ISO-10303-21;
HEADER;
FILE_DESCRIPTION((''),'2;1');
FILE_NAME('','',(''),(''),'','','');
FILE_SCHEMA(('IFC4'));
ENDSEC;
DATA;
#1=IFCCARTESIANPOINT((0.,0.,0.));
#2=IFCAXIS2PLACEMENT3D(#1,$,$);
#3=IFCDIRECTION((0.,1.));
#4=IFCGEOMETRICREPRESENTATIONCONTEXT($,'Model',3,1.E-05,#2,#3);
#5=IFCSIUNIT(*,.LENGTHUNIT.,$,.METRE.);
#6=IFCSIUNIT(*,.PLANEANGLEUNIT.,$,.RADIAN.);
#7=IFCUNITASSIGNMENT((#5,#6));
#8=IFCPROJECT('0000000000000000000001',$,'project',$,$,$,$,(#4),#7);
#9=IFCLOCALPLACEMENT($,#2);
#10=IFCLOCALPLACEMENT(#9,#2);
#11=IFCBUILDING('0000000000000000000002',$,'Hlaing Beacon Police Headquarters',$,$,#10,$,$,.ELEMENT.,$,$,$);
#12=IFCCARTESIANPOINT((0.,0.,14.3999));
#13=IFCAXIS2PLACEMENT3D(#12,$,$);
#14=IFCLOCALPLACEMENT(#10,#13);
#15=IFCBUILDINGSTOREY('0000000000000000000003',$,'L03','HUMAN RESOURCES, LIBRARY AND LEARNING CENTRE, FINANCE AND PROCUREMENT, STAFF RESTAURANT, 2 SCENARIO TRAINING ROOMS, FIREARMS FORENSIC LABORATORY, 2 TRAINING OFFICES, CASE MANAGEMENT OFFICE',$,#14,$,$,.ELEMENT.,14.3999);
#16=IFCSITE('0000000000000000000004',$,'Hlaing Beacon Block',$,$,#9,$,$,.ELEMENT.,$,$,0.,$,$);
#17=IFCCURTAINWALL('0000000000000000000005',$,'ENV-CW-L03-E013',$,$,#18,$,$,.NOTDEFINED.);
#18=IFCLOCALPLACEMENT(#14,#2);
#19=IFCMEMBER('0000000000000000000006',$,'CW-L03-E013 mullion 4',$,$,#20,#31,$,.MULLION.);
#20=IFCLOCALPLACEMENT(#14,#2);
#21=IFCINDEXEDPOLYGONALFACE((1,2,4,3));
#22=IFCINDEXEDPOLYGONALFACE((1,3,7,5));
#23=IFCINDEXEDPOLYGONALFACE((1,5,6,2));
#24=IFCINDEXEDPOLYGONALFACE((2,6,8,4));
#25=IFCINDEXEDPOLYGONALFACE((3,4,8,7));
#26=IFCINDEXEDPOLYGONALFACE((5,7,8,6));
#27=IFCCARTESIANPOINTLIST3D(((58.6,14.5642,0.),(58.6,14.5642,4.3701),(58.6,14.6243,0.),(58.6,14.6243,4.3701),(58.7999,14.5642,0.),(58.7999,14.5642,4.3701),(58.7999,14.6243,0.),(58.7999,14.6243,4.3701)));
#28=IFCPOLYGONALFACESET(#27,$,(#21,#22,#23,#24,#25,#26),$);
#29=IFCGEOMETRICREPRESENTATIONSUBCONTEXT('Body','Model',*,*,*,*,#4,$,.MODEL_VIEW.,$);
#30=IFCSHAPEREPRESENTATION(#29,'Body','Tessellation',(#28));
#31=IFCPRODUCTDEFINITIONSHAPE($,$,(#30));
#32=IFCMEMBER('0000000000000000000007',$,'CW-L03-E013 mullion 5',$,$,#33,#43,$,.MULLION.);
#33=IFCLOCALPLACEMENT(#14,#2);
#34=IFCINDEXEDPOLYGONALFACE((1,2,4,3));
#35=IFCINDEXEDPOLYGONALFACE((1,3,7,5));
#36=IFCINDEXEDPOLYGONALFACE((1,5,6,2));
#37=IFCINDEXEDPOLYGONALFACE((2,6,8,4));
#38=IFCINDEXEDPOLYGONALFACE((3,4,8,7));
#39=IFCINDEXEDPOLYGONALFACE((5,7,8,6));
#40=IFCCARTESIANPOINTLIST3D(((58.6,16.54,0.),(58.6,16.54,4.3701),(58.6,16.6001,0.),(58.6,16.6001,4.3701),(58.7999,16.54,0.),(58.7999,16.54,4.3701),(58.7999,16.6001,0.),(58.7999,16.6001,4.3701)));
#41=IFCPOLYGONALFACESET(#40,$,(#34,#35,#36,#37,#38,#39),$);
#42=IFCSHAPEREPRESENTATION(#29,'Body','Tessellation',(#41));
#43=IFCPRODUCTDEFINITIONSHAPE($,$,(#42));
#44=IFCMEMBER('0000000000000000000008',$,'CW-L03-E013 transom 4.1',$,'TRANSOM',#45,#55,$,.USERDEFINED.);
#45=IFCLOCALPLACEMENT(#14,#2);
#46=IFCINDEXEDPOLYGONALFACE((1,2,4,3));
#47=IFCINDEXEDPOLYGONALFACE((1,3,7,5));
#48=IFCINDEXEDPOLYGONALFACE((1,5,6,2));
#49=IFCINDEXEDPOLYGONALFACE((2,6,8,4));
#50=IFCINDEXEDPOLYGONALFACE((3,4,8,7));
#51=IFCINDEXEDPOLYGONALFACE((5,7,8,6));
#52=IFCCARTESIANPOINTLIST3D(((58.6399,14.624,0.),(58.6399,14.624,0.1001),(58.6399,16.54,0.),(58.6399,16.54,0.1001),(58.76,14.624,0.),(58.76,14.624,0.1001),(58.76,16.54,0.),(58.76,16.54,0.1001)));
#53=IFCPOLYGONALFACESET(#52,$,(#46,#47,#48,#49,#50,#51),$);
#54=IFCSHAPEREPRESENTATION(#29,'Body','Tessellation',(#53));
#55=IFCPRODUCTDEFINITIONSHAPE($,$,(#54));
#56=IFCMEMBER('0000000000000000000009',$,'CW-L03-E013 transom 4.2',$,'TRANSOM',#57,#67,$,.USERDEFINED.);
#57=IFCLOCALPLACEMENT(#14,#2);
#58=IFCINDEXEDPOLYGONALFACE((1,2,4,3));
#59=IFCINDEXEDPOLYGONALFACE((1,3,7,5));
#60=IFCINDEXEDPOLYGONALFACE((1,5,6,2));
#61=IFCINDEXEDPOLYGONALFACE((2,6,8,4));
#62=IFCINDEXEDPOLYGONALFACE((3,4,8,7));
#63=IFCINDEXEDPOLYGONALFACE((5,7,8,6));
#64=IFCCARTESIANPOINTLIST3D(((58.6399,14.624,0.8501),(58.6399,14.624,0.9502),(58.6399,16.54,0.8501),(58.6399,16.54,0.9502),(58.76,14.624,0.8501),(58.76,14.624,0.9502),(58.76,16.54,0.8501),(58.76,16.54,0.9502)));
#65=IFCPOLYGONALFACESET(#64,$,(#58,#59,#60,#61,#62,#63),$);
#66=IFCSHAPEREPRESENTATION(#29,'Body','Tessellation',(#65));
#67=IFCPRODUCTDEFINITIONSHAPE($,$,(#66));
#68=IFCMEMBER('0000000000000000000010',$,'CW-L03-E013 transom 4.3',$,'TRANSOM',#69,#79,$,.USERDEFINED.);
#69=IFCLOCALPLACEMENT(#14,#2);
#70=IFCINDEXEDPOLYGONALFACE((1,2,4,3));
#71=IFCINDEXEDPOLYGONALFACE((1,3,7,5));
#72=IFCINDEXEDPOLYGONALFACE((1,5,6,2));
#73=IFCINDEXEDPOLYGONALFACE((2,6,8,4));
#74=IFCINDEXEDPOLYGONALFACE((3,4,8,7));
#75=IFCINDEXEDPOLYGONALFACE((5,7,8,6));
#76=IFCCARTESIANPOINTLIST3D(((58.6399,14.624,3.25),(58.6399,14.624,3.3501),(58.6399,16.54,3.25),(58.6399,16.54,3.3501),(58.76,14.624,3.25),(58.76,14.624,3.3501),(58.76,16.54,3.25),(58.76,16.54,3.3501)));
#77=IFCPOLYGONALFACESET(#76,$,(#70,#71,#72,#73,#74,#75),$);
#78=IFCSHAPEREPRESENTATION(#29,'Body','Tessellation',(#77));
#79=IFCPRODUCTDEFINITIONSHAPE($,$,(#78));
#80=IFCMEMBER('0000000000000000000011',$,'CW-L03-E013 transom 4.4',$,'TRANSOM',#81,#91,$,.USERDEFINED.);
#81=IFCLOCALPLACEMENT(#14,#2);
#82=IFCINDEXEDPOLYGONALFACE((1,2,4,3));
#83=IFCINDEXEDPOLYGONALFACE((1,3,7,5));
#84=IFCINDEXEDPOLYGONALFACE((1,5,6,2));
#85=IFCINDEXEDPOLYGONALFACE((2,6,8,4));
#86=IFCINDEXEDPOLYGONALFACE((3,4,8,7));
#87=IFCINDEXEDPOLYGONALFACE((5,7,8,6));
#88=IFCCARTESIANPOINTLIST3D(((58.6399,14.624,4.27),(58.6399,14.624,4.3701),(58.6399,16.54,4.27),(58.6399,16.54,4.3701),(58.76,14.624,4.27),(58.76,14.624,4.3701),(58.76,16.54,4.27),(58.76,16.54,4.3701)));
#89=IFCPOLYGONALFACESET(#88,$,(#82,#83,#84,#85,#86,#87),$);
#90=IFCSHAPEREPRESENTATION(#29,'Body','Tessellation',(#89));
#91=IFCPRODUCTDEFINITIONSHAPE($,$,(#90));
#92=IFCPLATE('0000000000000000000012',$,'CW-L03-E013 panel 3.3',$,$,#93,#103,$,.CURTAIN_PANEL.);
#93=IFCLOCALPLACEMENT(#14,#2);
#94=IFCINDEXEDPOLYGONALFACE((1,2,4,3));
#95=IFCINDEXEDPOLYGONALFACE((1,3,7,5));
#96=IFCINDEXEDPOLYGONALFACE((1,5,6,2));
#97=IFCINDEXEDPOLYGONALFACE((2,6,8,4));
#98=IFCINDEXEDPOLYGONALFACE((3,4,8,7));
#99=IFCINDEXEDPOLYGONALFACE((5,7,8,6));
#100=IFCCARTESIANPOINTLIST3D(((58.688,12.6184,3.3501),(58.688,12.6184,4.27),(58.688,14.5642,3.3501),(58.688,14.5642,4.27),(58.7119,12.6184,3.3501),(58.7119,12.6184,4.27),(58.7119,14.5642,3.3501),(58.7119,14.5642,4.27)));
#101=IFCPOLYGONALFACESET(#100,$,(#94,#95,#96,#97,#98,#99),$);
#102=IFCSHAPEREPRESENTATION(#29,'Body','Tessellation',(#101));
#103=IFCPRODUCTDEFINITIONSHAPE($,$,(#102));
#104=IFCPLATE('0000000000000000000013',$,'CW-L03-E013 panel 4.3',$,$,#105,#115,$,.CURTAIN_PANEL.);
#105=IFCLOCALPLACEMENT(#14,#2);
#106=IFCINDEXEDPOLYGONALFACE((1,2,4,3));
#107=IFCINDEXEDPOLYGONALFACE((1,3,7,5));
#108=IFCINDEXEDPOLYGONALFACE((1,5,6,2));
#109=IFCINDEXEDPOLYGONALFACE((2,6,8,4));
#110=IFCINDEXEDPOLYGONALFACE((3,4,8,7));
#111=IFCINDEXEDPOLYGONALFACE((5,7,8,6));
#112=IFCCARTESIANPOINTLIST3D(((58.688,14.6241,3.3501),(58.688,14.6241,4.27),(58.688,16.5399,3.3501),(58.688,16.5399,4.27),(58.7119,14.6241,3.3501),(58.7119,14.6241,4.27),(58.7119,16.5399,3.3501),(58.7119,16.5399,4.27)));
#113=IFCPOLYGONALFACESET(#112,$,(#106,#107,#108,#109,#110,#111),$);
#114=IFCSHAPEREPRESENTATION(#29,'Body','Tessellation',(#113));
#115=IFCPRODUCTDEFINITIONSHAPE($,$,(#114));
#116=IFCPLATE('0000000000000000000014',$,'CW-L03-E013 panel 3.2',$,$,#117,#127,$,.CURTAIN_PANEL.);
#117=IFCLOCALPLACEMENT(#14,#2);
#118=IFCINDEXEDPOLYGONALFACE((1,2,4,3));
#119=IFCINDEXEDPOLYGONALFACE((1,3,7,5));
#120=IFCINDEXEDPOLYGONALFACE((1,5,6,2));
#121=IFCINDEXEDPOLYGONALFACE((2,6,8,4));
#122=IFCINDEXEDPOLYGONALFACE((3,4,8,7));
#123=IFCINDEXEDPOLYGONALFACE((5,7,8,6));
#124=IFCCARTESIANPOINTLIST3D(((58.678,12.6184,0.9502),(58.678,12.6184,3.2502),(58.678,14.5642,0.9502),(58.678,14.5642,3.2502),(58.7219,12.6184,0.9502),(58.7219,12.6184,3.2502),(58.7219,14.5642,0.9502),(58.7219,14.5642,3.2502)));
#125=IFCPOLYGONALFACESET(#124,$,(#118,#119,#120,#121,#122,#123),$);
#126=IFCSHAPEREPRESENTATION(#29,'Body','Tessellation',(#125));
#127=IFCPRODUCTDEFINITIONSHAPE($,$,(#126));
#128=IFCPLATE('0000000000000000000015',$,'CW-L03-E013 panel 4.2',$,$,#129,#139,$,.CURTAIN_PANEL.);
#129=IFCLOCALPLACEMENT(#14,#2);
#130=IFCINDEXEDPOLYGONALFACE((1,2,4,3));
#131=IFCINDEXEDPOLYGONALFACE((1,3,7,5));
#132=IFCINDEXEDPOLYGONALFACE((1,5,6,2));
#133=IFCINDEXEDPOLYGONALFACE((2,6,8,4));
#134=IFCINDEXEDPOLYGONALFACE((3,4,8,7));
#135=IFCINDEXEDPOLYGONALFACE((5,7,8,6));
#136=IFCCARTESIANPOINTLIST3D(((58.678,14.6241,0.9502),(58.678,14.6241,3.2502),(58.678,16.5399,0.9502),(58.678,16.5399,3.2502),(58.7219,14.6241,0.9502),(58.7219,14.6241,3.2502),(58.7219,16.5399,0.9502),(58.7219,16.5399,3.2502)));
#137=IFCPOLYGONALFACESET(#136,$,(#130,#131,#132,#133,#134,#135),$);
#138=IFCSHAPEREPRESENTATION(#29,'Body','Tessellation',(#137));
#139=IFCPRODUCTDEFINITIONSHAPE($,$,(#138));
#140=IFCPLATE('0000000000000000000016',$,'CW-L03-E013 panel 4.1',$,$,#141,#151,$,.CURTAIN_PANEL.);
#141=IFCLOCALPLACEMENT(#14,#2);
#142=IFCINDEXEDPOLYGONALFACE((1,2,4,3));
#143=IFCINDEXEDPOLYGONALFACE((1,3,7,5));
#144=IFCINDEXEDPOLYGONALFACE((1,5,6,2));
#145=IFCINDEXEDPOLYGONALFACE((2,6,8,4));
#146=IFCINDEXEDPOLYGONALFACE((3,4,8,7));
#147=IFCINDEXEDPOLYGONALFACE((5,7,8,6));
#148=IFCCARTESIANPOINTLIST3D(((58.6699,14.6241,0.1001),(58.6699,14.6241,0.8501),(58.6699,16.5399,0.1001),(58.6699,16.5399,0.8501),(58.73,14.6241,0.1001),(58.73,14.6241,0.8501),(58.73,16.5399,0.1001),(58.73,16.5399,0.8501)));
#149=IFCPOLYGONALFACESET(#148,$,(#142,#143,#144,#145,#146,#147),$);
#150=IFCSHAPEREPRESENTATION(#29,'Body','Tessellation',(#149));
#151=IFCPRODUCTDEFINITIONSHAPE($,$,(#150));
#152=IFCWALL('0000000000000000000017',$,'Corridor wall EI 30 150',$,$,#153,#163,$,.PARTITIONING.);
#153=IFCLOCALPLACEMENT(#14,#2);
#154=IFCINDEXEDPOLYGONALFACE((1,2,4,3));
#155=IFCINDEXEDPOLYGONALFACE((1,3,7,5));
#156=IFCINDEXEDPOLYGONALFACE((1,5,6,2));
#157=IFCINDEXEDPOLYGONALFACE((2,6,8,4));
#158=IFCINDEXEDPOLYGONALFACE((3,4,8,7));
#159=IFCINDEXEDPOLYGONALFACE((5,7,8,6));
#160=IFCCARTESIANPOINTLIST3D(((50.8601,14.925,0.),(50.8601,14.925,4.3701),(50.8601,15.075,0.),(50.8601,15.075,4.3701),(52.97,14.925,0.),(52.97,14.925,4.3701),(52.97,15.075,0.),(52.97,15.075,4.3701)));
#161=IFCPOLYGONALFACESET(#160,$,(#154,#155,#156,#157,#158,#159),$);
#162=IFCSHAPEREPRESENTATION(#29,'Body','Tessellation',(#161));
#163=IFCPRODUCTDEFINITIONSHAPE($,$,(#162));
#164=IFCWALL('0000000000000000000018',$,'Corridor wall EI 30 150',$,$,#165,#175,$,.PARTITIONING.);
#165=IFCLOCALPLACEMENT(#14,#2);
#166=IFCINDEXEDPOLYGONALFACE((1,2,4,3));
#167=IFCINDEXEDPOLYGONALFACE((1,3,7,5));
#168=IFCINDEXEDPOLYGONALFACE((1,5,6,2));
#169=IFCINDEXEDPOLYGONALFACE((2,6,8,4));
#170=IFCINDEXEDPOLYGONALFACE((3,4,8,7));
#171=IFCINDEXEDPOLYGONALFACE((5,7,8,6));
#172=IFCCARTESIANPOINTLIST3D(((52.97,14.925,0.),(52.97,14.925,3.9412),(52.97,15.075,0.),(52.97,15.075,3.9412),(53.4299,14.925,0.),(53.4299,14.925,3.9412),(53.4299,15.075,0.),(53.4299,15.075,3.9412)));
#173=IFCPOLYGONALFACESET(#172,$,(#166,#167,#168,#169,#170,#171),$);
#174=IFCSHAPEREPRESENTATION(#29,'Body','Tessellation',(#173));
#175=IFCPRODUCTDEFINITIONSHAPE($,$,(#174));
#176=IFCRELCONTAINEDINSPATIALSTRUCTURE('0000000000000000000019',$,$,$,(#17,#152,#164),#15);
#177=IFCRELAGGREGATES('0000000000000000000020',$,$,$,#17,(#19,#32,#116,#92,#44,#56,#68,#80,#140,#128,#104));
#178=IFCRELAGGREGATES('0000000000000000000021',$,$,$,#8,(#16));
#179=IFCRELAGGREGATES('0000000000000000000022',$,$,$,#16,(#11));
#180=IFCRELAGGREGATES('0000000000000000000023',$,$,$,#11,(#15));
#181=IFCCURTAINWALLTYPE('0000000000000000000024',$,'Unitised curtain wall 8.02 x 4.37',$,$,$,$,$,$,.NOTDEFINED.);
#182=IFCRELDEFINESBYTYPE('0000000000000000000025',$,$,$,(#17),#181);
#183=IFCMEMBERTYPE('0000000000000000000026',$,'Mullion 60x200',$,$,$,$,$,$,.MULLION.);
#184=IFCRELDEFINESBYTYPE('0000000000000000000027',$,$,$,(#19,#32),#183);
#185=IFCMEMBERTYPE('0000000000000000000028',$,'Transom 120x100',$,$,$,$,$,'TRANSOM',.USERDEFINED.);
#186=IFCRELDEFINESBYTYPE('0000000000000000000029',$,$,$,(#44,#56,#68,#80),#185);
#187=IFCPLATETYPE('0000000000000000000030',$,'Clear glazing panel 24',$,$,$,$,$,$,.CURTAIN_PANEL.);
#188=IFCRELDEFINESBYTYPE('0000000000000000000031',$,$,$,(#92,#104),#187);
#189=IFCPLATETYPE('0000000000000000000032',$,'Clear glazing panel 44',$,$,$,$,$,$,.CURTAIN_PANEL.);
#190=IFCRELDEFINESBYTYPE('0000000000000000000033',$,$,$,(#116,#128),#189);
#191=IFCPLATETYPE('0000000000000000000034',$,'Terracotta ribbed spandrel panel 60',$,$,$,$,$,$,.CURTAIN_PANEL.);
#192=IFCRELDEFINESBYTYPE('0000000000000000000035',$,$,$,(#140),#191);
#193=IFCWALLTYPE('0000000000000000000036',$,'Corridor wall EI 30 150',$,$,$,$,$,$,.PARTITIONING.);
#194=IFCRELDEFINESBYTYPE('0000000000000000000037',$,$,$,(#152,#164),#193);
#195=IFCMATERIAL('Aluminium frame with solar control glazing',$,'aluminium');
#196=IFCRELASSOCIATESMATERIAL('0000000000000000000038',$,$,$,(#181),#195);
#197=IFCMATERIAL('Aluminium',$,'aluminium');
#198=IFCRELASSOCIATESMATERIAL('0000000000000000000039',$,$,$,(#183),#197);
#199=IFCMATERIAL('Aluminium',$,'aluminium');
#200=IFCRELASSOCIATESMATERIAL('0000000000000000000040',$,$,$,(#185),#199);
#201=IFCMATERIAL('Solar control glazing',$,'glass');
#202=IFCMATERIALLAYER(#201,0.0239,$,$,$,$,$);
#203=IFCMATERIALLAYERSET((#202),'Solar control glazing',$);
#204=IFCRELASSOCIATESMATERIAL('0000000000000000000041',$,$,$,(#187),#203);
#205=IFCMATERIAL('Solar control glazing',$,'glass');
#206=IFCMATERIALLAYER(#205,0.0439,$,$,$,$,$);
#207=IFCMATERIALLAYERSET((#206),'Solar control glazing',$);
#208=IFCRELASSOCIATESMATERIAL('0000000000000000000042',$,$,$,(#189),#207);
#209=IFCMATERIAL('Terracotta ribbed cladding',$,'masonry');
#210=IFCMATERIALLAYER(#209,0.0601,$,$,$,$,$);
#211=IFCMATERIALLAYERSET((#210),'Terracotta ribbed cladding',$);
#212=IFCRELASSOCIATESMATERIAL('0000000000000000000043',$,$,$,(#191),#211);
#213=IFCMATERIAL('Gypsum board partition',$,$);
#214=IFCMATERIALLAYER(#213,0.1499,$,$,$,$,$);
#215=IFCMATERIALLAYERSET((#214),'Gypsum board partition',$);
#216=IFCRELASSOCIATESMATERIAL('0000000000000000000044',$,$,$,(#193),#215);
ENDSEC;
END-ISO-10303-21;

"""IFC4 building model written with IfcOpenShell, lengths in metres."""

from ifc_helpers import new_model, si_unit, direction, frame, frame_2d, origin, origin_2d, place, context, subcontext, project, spatial, rectangle, extrude, material, layer, layer_set, material_profile, profile_set, type_object, element, aggregate, save


model = new_model("IFC4")

# Units and contexts
model_context = context("Model", 3, precision=1e-05, world=origin(), true_north=direction((0.0, 1.0)))
body_context = subcontext(model_context, "Body", "Model", "MODEL_VIEW")
ifc_project = project(units=[si_unit("LENGTHUNIT", "METRE"), si_unit("PLANEANGLEUNIT", "RADIAN")], contexts=[model_context])

# Site, building, storey
site_placement = place(None, origin())
site = spatial("IfcSite", under=ifc_project, at=site_placement, Name="Hlaing Beacon Block", CompositionType="ELEMENT", RefElevation=0.0)
building_placement = place(site_placement, origin())
building = spatial("IfcBuilding", under=site, at=building_placement, Name="Hlaing Beacon Police Headquarters", CompositionType="ELEMENT")
storey_placement = place(building_placement, frame((0.0, 0.0, 14.3999)))
storey = spatial("IfcBuildingStorey", under=building, at=storey_placement, Name="L03", Description="HUMAN RESOURCES, LIBRARY AND LEARNING CENTRE, FINANCE AND PROCUREMENT, STAFF RESTAURANT, 2 SCENARIO TRAINING ROOMS, FIREARMS FORENSIC LABORATORY, 2 TRAINING OFFICES, CASE MANAGEMENT OFFICE", CompositionType="ELEMENT", Elevation=14.3999)

# Curtain wall, members, plates
ifc_material_1 = material(Name="Aluminium frame with solar control glazing", Category="aluminium")
curtain_wall_type = type_object("IfcCurtainWallType", Name="Unitised curtain wall 8.02 x 4.37", PredefinedType="NOTDEFINED", material=ifc_material_1)
curtain_wall_placement = place(storey_placement, origin())
curtain_wall = element("IfcCurtainWall", 1, at=curtain_wall_placement, inside=storey, type_object=curtain_wall_type, Name="ENV-CW-L03-E013", PredefinedType="NOTDEFINED")
ifc_material_2 = material(Name="Aluminium", Category="aluminium")
ifc_material_profile_1 = material_profile(ifc_material_2, rectangle(XDim=0.2, YDim=0.0601, at=origin_2d()), Name="Mullion 60x200")
ifc_profile_set_1 = profile_set([ifc_material_profile_1], Name="Aluminium")
member_type_1 = type_object("IfcMemberType", Name="Mullion 60x200", PredefinedType="MULLION", material=ifc_profile_set_1)
member_1_placement = place(storey_placement, frame((58.7, 14.5942, 0.0), z_axis=(0.0, 0.0, 1.0), x_axis=(-1.0, 0.0, 0.0)))
member_1 = element("IfcMember", 2, at=member_1_placement, type_object=member_type_1, Name="CW-L03-E013 mullion 4", PredefinedType="MULLION", context=body_context, shape_type="SweptSolid", body=[
    extrude(rectangle(XDim=0.2, YDim=0.0601, at=origin_2d()), origin(), (0.0, 0.0, 1.0), 4.3701),
])
member_2_placement = place(storey_placement, frame((58.7, 16.5701, 0.0), z_axis=(0.0, 0.0, 1.0), x_axis=(-1.0, 0.0, 0.0)))
member_2 = element("IfcMember", 3, at=member_2_placement, type_object=member_type_1, Name="CW-L03-E013 mullion 5", PredefinedType="MULLION", context=body_context, shape_type="SweptSolid", body=[
    extrude(rectangle(XDim=0.2, YDim=0.0601, at=origin_2d()), origin(), (0.0, 0.0, 1.0), 4.3701),
])
ifc_material_3 = material(Name="Aluminium", Category="aluminium")
ifc_material_profile_2 = material_profile(ifc_material_3, rectangle(XDim=0.1201, YDim=0.1001, at=origin_2d()), Name="Transom 120x100")
ifc_profile_set_2 = profile_set([ifc_material_profile_2], Name="Aluminium")
member_type_2 = type_object("IfcMemberType", Name="Transom 120x100", ElementType="TRANSOM", PredefinedType="USERDEFINED", material=ifc_profile_set_2)
member_3_placement = place(storey_placement, frame((58.7, 14.624, 0.05), z_axis=(0.0, 1.0, 0.0), x_axis=(-1.0, 0.0, 0.0)))
member_3 = element("IfcMember", 4, at=member_3_placement, type_object=member_type_2, Name="CW-L03-E013 transom 4.1", ObjectType="TRANSOM", PredefinedType="USERDEFINED", context=body_context, shape_type="SweptSolid", body=[
    extrude(rectangle(XDim=0.1201, YDim=0.1001, at=origin_2d()), origin(), (0.0, 0.0, 1.0), 1.916),
])
member_4_placement = place(storey_placement, frame((58.7, 14.624, 0.9001), z_axis=(0.0, 1.0, 0.0), x_axis=(-1.0, 0.0, 0.0)))
member_4 = element("IfcMember", 5, at=member_4_placement, type_object=member_type_2, Name="CW-L03-E013 transom 4.2", ObjectType="TRANSOM", PredefinedType="USERDEFINED", context=body_context, shape_type="SweptSolid", body=[
    extrude(rectangle(XDim=0.1201, YDim=0.1001, at=origin_2d()), origin(), (0.0, 0.0, 1.0), 1.916),
])
member_5_placement = place(storey_placement, frame((58.7, 14.624, 3.3), z_axis=(0.0, 1.0, 0.0), x_axis=(-1.0, 0.0, 0.0)))
member_5 = element("IfcMember", 6, at=member_5_placement, type_object=member_type_2, Name="CW-L03-E013 transom 4.3", ObjectType="TRANSOM", PredefinedType="USERDEFINED", context=body_context, shape_type="SweptSolid", body=[
    extrude(rectangle(XDim=0.1201, YDim=0.1001, at=origin_2d()), origin(), (0.0, 0.0, 1.0), 1.916),
])
member_6_placement = place(storey_placement, frame((58.7, 14.624, 4.3201), z_axis=(0.0, 1.0, 0.0), x_axis=(-1.0, 0.0, 0.0)))
member_6 = element("IfcMember", 7, at=member_6_placement, type_object=member_type_2, Name="CW-L03-E013 transom 4.4", ObjectType="TRANSOM", PredefinedType="USERDEFINED", context=body_context, shape_type="SweptSolid", body=[
    extrude(rectangle(XDim=0.1201, YDim=0.1001, at=origin_2d()), origin(), (0.0, 0.0, 1.0), 1.916),
])
ifc_material_4 = material(Name="Solar control glazing", Category="glass")
ifc_layer_1 = layer(ifc_material_4, 0.0239)
ifc_layer_set_1 = layer_set([ifc_layer_1], Name="Solar control glazing")
plate_type_1 = type_object("IfcPlateType", Name="Clear glazing panel 24", PredefinedType="CURTAIN_PANEL", material=ifc_layer_set_1)
plate_1_placement = place(storey_placement, frame((58.7, 13.5913, 3.3501), z_axis=(0.0, 0.0, 1.0), x_axis=(0.0, 1.0, 0.0)))
plate_1 = element("IfcPlate", 8, at=plate_1_placement, type_object=plate_type_1, Name="CW-L03-E013 panel 3.3", PredefinedType="CURTAIN_PANEL", context=body_context, shape_type="SweptSolid", body=[
    extrude(rectangle(XDim=1.9458, YDim=0.0239, at=origin_2d()), origin(), (0.0, 0.0, 1.0), 0.9199),
])
plate_2_placement = place(storey_placement, frame((58.7, 15.582, 3.3501), z_axis=(0.0, 0.0, 1.0), x_axis=(0.0, 1.0, 0.0)))
plate_2 = element("IfcPlate", 9, at=plate_2_placement, type_object=plate_type_1, Name="CW-L03-E013 panel 4.3", PredefinedType="CURTAIN_PANEL", context=body_context, shape_type="SweptSolid", body=[
    extrude(rectangle(XDim=1.9158, YDim=0.0239, at=origin_2d()), origin(), (0.0, 0.0, 1.0), 0.9199),
])
ifc_material_5 = material(Name="Solar control glazing", Category="glass")
ifc_layer_2 = layer(ifc_material_5, 0.0439)
ifc_layer_set_2 = layer_set([ifc_layer_2], Name="Solar control glazing")
plate_type_2 = type_object("IfcPlateType", Name="Clear glazing panel 44", PredefinedType="CURTAIN_PANEL", material=ifc_layer_set_2)
plate_3_placement = place(storey_placement, frame((58.7, 13.5913, 0.9502), z_axis=(0.0, 0.0, 1.0), x_axis=(0.0, 1.0, 0.0)))
plate_3 = element("IfcPlate", 10, at=plate_3_placement, type_object=plate_type_2, Name="CW-L03-E013 panel 3.2", PredefinedType="CURTAIN_PANEL", context=body_context, shape_type="SweptSolid", body=[
    extrude(rectangle(XDim=1.9458, YDim=0.0439, at=origin_2d()), origin(), (0.0, 0.0, 1.0), 2.3),
])
plate_4_placement = place(storey_placement, frame((58.7, 15.582, 0.9502), z_axis=(0.0, 0.0, 1.0), x_axis=(0.0, 1.0, 0.0)))
plate_4 = element("IfcPlate", 11, at=plate_4_placement, type_object=plate_type_2, Name="CW-L03-E013 panel 4.2", PredefinedType="CURTAIN_PANEL", context=body_context, shape_type="SweptSolid", body=[
    extrude(rectangle(XDim=1.9158, YDim=0.0439, at=origin_2d()), origin(), (0.0, 0.0, 1.0), 2.3),
])
ifc_material_6 = material(Name="Terracotta ribbed cladding", Category="masonry")
ifc_layer_3 = layer(ifc_material_6, 0.0601)
ifc_layer_set_3 = layer_set([ifc_layer_3], Name="Terracotta ribbed cladding")
plate_type_3 = type_object("IfcPlateType", Name="Terracotta ribbed spandrel panel 60", PredefinedType="CURTAIN_PANEL", material=ifc_layer_set_3)
plate_5_placement = place(storey_placement, frame((58.7, 15.582, 0.1001), z_axis=(0.0, 0.0, 1.0), x_axis=(0.0, 1.0, 0.0)))
plate_5 = element("IfcPlate", 12, at=plate_5_placement, type_object=plate_type_3, Name="CW-L03-E013 panel 4.1", PredefinedType="CURTAIN_PANEL", context=body_context, shape_type="SweptSolid", body=[
    extrude(rectangle(XDim=1.9158, YDim=0.0601, at=origin_2d()), origin(), (0.0, 0.0, 1.0), 0.75),
])
aggregate(curtain_wall, [member_1, member_2, plate_3, plate_1, member_3, member_4, member_5, member_6, plate_5, plate_4, plate_2])

# Walls
ifc_material_7 = material(Name="Gypsum board partition")
ifc_layer_4 = layer(ifc_material_7, 0.1499)
ifc_layer_set_4 = layer_set([ifc_layer_4], Name="Gypsum board partition")
wall_type = type_object("IfcWallType", Name="Corridor wall EI 30 150", PredefinedType="PARTITIONING", material=ifc_layer_set_4)
wall_1_placement = place(storey_placement, frame((50.8601, 15.0, 0.0), z_axis=(0.0, 0.0, 1.0), x_axis=(1.0, 0.0, 0.0)))
element("IfcWall", 13, at=wall_1_placement, inside=storey, type_object=wall_type, Name="Corridor wall EI 30 150", PredefinedType="PARTITIONING", context=body_context, shape_type="SweptSolid", body=[
    extrude(rectangle(XDim=2.1099, YDim=0.1499, at=frame_2d((1.0549, 0.0))), origin(), (0.0, 0.0, 1.0), 4.3701),
])
wall_2_placement = place(storey_placement, frame((52.97, 15.0, 0.0), z_axis=(0.0, 0.0, 1.0), x_axis=(1.0, 0.0, 0.0)))
element("IfcWall", 14, at=wall_2_placement, inside=storey, type_object=wall_type, Name="Corridor wall EI 30 150", PredefinedType="PARTITIONING", context=body_context, shape_type="SweptSolid", body=[
    extrude(rectangle(XDim=0.46, YDim=0.1499, at=frame_2d((0.23, 0.0))), origin(), (0.0, 0.0, 1.0), 3.9412),
])

save(model, "model.ifc")
